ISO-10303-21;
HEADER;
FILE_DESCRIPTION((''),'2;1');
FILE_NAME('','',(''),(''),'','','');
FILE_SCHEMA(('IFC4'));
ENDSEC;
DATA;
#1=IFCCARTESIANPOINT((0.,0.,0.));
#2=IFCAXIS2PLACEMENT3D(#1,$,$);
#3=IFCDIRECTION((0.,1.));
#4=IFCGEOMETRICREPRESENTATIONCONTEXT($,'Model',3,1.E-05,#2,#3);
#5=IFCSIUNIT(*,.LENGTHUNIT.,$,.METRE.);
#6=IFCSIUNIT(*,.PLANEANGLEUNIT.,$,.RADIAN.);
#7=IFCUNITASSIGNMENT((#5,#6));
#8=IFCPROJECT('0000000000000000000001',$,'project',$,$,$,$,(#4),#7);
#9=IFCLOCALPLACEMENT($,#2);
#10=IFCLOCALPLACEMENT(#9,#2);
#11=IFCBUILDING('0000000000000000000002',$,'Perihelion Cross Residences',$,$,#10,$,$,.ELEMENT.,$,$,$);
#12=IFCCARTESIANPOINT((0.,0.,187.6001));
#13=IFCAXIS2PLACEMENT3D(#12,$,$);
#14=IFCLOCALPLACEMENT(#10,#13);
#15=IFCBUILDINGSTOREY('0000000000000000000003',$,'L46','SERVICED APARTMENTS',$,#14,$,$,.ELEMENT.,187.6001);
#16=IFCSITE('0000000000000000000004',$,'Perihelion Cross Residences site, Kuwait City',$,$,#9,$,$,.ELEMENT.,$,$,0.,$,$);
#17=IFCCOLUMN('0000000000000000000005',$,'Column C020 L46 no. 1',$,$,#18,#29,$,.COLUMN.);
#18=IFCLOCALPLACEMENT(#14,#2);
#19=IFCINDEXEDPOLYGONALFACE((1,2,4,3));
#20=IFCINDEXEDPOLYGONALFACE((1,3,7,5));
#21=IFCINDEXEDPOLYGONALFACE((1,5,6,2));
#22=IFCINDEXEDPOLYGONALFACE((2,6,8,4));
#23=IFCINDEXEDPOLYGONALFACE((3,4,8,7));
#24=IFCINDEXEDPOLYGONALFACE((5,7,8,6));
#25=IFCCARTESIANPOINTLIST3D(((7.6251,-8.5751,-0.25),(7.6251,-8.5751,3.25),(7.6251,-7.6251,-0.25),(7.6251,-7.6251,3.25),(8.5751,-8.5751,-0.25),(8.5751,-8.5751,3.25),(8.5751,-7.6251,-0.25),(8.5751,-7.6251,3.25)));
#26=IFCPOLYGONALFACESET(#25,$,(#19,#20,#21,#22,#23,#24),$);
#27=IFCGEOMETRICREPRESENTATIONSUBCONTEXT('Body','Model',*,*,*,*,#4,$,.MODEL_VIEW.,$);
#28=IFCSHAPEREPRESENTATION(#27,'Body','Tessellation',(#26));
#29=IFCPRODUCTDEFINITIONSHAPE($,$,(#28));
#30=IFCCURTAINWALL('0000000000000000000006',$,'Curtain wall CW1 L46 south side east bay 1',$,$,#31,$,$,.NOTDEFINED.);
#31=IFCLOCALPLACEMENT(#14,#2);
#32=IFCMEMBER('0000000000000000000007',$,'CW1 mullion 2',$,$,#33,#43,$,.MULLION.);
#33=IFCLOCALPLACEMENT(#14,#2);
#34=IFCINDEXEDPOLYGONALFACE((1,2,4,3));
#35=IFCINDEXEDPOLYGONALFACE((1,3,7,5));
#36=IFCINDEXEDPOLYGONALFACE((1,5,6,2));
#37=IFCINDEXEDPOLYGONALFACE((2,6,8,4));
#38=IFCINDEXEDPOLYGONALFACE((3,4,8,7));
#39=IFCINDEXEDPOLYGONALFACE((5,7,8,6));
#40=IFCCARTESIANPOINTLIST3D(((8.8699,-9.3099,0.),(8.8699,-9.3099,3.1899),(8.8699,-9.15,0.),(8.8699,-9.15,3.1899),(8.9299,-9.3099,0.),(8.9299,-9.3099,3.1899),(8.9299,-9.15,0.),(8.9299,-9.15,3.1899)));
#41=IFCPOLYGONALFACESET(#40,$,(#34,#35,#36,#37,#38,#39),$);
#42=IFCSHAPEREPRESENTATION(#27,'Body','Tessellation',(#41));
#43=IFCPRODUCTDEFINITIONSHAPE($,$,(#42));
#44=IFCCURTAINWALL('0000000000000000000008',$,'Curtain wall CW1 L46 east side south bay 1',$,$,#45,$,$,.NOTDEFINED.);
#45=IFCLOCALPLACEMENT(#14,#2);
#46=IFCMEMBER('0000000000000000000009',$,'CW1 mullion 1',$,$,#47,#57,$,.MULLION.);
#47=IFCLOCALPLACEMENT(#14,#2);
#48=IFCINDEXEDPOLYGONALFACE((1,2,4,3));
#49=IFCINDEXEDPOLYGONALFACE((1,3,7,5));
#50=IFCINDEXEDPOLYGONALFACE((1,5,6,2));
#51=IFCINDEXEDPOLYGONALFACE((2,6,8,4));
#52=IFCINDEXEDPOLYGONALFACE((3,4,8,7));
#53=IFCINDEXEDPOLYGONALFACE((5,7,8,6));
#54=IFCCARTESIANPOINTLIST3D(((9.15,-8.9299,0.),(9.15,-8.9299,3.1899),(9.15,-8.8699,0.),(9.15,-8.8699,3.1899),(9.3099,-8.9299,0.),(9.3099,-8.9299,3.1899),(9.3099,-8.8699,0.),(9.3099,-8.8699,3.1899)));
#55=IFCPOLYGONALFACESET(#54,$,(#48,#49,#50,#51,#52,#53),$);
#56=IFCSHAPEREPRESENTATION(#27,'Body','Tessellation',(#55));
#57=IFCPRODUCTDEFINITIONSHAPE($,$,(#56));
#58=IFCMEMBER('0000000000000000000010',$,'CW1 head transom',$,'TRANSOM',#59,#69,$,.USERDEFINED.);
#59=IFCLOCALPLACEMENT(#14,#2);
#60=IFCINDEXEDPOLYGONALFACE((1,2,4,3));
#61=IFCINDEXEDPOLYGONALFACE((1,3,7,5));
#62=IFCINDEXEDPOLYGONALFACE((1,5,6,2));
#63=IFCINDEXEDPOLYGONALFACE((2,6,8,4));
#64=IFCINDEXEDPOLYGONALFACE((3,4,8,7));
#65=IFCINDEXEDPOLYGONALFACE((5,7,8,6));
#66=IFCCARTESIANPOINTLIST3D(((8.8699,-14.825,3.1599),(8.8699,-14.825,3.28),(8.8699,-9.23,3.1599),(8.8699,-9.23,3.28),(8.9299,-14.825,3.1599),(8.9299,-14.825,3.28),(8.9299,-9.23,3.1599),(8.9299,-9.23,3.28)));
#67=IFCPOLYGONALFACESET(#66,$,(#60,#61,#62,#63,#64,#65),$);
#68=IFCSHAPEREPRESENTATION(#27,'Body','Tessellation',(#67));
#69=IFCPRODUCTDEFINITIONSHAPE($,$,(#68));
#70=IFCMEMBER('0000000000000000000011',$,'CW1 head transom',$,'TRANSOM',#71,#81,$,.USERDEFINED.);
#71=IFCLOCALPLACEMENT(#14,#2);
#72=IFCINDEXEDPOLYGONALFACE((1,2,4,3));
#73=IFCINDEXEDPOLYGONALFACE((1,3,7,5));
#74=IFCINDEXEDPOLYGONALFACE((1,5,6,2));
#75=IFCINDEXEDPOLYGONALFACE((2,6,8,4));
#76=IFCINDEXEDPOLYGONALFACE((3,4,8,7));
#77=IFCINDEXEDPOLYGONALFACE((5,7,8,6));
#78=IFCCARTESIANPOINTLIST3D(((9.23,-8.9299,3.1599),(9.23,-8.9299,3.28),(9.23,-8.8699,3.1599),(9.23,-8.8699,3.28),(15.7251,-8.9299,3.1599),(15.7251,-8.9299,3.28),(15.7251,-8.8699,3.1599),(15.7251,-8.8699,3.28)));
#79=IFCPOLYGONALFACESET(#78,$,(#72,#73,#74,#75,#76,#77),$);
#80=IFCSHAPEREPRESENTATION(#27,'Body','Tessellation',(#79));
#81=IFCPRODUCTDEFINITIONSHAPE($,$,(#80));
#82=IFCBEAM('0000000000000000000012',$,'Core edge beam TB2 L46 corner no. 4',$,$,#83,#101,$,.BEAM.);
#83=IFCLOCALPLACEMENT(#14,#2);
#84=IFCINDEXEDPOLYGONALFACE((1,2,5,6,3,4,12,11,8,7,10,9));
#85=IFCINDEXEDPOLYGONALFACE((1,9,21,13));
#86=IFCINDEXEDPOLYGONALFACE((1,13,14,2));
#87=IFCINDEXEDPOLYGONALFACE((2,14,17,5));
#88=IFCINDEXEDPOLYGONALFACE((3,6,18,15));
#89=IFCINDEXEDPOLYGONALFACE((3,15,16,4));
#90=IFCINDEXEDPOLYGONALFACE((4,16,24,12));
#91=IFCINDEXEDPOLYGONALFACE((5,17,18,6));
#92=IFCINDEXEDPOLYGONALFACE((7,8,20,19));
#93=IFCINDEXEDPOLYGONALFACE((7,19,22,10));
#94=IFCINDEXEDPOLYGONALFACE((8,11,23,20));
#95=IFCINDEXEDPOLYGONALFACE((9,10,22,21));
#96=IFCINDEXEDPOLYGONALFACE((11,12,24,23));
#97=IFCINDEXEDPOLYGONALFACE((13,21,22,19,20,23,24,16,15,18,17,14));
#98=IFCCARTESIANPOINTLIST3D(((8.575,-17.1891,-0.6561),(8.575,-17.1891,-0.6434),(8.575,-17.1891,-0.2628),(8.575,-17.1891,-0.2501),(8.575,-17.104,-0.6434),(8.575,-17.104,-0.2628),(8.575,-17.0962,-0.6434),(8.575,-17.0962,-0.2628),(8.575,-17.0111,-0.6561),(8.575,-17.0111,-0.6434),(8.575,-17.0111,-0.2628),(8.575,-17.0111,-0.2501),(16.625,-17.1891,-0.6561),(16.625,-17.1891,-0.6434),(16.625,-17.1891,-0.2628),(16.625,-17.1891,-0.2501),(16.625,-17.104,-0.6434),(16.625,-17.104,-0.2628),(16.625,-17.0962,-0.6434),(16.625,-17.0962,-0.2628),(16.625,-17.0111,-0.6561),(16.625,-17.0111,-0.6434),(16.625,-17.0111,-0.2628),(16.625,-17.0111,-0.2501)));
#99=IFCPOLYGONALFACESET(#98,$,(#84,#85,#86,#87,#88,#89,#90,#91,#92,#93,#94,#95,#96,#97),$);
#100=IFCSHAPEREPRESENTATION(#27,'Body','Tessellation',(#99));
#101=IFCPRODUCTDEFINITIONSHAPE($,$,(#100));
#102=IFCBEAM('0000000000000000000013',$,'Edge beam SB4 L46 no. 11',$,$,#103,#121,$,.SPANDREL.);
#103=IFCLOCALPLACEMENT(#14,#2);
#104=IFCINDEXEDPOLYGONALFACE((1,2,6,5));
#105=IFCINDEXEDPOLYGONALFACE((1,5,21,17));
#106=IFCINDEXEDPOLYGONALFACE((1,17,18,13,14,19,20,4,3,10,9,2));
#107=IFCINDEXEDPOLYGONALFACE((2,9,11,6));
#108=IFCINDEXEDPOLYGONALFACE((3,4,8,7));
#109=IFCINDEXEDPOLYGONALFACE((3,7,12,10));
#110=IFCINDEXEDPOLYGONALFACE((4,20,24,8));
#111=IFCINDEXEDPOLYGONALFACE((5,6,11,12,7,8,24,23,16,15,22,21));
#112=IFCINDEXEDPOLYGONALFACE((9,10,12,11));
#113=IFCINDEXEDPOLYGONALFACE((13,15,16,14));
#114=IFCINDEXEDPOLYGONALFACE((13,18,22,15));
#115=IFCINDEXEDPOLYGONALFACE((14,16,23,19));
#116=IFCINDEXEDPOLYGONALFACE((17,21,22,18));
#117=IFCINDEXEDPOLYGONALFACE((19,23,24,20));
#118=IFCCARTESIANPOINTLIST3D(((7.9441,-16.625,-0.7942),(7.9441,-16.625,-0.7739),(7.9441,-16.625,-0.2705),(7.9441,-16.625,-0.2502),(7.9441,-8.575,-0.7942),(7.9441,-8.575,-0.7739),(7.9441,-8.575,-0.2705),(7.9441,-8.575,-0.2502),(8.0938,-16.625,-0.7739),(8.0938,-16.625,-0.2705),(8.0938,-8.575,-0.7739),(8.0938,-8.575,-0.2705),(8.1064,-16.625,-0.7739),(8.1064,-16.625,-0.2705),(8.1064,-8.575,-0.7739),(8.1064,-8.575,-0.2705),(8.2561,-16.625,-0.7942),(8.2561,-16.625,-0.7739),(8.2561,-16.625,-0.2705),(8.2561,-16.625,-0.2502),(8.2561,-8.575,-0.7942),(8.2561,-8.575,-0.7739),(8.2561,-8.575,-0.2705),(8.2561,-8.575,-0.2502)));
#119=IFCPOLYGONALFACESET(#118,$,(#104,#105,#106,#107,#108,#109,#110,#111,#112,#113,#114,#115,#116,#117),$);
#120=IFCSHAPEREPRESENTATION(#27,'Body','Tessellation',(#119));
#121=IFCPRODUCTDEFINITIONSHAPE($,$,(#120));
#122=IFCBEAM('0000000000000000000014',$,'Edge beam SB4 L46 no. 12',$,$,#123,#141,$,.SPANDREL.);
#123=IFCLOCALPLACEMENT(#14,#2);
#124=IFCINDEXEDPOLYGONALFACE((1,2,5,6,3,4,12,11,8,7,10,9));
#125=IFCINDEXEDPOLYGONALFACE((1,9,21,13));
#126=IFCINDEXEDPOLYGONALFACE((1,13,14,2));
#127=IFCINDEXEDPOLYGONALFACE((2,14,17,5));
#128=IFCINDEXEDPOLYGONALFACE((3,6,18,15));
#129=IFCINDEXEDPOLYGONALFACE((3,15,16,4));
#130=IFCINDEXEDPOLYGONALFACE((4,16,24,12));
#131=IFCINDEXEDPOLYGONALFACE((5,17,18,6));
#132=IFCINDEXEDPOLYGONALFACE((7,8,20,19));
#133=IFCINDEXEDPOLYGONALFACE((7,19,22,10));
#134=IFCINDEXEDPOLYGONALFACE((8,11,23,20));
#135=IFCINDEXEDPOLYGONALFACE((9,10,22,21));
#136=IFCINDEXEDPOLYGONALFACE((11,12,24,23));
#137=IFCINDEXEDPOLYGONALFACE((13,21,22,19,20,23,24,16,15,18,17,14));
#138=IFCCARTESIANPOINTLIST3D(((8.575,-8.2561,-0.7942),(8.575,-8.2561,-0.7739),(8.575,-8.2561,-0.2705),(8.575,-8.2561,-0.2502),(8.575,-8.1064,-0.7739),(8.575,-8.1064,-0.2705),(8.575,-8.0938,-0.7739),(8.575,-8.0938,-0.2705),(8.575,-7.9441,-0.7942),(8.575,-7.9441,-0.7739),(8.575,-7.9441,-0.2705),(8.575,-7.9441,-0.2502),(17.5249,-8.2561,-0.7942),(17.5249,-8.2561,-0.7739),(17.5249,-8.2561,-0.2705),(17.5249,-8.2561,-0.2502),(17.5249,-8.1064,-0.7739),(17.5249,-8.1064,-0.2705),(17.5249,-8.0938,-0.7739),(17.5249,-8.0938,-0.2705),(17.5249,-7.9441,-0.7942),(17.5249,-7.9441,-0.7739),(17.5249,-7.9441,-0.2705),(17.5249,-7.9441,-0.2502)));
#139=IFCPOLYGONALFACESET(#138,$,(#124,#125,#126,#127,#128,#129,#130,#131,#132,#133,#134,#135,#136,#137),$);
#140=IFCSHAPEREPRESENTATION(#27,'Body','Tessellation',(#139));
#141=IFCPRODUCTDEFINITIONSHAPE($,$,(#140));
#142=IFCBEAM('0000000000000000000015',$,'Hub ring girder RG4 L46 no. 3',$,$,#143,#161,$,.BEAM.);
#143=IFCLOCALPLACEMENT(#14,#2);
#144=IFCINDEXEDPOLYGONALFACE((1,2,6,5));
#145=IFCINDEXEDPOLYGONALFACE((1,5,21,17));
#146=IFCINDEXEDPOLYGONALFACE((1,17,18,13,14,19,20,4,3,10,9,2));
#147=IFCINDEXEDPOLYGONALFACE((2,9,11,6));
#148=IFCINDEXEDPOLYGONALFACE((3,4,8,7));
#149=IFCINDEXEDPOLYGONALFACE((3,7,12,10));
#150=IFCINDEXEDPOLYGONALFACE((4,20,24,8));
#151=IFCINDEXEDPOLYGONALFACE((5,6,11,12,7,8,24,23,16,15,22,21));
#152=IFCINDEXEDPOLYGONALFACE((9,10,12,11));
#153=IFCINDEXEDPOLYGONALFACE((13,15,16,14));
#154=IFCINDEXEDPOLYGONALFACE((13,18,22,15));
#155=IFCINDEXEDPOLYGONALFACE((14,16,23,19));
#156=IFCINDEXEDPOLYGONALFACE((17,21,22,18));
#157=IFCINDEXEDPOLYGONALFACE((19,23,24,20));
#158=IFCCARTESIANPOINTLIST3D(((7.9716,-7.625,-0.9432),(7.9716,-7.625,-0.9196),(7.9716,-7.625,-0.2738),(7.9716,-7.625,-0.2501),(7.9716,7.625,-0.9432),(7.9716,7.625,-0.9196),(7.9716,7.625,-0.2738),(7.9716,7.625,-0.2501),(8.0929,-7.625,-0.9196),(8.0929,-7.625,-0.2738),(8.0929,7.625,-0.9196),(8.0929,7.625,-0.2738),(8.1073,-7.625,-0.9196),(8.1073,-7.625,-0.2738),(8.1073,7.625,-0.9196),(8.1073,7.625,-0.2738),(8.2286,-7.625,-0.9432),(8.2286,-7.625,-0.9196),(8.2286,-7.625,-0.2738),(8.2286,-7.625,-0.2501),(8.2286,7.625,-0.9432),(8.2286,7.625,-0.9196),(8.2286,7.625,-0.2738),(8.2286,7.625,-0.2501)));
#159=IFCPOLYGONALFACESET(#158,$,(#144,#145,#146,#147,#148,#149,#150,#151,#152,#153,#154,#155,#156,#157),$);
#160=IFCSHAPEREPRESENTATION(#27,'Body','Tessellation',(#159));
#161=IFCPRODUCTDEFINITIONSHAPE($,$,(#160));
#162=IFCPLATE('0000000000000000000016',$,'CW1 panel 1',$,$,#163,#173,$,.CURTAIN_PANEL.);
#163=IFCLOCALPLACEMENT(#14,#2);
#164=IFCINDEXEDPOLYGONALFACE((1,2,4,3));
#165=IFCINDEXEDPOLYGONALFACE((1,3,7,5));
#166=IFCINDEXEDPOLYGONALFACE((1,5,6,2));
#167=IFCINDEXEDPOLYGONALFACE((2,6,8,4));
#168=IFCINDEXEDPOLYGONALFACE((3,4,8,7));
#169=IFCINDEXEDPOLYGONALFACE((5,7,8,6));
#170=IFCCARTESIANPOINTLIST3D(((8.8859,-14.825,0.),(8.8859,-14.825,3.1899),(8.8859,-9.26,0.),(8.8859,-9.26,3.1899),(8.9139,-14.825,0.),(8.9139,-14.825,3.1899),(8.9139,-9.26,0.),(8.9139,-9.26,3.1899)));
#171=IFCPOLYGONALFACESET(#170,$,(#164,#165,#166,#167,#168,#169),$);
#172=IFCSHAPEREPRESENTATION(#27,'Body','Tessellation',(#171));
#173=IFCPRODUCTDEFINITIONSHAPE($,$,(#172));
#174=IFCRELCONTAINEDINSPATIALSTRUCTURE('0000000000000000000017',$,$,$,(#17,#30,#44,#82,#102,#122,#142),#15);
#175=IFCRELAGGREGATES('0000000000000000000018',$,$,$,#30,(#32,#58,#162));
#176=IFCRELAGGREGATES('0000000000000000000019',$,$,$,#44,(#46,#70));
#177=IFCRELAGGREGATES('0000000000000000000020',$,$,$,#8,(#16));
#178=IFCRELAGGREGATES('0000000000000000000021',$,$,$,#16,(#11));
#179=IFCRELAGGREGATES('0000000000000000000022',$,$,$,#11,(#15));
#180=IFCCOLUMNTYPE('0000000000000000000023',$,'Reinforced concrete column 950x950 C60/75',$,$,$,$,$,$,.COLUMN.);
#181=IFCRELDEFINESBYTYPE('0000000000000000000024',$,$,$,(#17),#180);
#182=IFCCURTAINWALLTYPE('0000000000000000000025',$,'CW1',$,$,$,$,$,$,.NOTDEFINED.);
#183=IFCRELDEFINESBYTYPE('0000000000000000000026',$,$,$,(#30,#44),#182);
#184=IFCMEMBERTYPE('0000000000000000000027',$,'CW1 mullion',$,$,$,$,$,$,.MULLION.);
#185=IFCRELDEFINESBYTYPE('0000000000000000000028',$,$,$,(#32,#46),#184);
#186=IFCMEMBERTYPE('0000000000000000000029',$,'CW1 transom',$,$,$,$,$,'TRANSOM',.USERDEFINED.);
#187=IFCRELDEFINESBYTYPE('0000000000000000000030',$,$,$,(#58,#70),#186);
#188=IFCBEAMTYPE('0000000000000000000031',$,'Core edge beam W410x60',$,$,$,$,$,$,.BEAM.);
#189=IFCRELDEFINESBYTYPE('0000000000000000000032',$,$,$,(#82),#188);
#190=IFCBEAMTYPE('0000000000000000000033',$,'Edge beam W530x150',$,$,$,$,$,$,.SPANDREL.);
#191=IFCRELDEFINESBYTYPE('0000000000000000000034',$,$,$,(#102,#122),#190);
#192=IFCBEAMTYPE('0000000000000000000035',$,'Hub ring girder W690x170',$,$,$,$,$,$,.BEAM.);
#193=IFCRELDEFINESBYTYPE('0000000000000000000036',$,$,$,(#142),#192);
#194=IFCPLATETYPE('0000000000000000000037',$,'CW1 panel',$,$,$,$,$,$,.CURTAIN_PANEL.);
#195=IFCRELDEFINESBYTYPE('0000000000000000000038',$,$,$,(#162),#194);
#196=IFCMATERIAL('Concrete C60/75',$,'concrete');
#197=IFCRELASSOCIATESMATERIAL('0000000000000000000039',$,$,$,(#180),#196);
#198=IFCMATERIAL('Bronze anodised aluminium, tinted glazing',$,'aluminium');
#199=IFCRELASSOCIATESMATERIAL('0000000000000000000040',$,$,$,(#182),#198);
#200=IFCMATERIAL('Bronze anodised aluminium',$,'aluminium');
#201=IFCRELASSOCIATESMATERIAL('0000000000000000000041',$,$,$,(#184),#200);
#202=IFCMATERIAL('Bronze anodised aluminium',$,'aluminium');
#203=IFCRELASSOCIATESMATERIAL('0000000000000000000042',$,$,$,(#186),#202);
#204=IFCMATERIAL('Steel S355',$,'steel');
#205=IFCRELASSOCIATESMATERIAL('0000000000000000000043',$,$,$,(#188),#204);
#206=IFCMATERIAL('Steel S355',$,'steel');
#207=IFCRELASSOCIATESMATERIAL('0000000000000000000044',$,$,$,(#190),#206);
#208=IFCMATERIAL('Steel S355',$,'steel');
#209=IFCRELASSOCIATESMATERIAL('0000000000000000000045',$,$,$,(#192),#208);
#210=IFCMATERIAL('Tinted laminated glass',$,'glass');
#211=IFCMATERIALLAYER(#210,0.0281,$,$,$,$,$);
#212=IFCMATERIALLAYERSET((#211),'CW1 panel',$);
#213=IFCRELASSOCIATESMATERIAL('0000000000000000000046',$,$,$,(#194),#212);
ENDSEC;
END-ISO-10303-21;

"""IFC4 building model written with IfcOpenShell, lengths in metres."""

from ifc_helpers import new_model, si_unit, direction, frame, origin, origin_2d, place, context, subcontext, project, spatial, rectangle, i_section, extrude, material, layer, layer_set, material_profile, profile_set, type_object, element, aggregate, save


model = new_model("IFC4")

# Units and contexts
model_context = context("Model", 3, precision=1e-05, world=origin(), true_north=direction((0.0, 1.0)))
body_context = subcontext(model_context, "Body", "Model", "MODEL_VIEW")
ifc_project = project(units=[si_unit("LENGTHUNIT", "METRE"), si_unit("PLANEANGLEUNIT", "RADIAN")], contexts=[model_context])

# Site, building, storey
site_placement = place(None, origin())
site = spatial("IfcSite", under=ifc_project, at=site_placement, Name="Perihelion Cross Residences site, Kuwait City", CompositionType="ELEMENT", RefElevation=0.0)
building_placement = place(site_placement, origin())
building = spatial("IfcBuilding", under=site, at=building_placement, Name="Perihelion Cross Residences", CompositionType="ELEMENT")
storey_placement = place(building_placement, frame((0.0, 0.0, 187.6001)))
storey = spatial("IfcBuildingStorey", under=building, at=storey_placement, Name="L46", Description="SERVICED APARTMENTS", CompositionType="ELEMENT", Elevation=187.6001)

# Column
ifc_material_1 = material(Name="Concrete C60/75", Category="concrete")
ifc_material_profile_1 = material_profile(ifc_material_1, rectangle(XDim=0.95, YDim=0.95, at=origin_2d()), Name="RC 950x950")
ifc_profile_set_1 = profile_set([ifc_material_profile_1], Name="Concrete C60/75")
column_type = type_object("IfcColumnType", Name="Reinforced concrete column 950x950 C60/75", PredefinedType="COLUMN", material=ifc_profile_set_1)
column_placement = place(storey_placement, frame((8.1001, -8.1001, -0.25), z_axis=(0.0, 0.0, 1.0), x_axis=(1.0, 0.0, 0.0)))
element("IfcColumn", 1, at=column_placement, inside=storey, type_object=column_type, Name="Column C020 L46 no. 1", PredefinedType="COLUMN", context=body_context, shape_type="SweptSolid", body=[
    extrude(rectangle(XDim=0.95, YDim=0.95, at=origin_2d()), origin(), (0.0, 0.0, 1.0), 3.5),
])

# Curtain walls, members
ifc_material_2 = material(Name="Bronze anodised aluminium, tinted glazing", Category="aluminium")
curtain_wall_type = type_object("IfcCurtainWallType", Name="CW1", PredefinedType="NOTDEFINED", material=ifc_material_2)
curtain_wall_1_placement = place(storey_placement, origin())
curtain_wall_1 = element("IfcCurtainWall", 2, at=curtain_wall_1_placement, inside=storey, type_object=curtain_wall_type, Name="Curtain wall CW1 L46 south side east bay 1", PredefinedType="NOTDEFINED")
ifc_material_3 = material(Name="Bronze anodised aluminium", Category="aluminium")
ifc_material_profile_2 = material_profile(ifc_material_3, rectangle(XDim=0.0601, YDim=0.1599, at=origin_2d()), Name="CW1 mullion")
ifc_profile_set_2 = profile_set([ifc_material_profile_2], Name="Bronze anodised aluminium")
member_type_1 = type_object("IfcMemberType", Name="CW1 mullion", PredefinedType="MULLION", material=ifc_profile_set_2)
member_1_placement = place(storey_placement, frame((8.8999, -9.23, 0.0), z_axis=(0.0, 0.0, 1.0), x_axis=(-1.0, 0.0, 0.0)))
member_1 = element("IfcMember", 3, at=member_1_placement, type_object=member_type_1, Name="CW1 mullion 2", PredefinedType="MULLION", context=body_context, shape_type="SweptSolid", body=[
    extrude(rectangle(XDim=0.0601, YDim=0.1599, at=origin_2d()), origin(), (0.0, 0.0, 1.0), 3.1899),
])
curtain_wall_2_placement = place(storey_placement, origin())
curtain_wall_2 = element("IfcCurtainWall", 4, at=curtain_wall_2_placement, inside=storey, type_object=curtain_wall_type, Name="Curtain wall CW1 L46 east side south bay 1", PredefinedType="NOTDEFINED")
member_2_placement = place(storey_placement, frame((9.23, -8.8999, 0.0), z_axis=(0.0, 0.0, 1.0), x_axis=(0.0, 1.0, 0.0)))
member_2 = element("IfcMember", 5, at=member_2_placement, type_object=member_type_1, Name="CW1 mullion 1", PredefinedType="MULLION", context=body_context, shape_type="SweptSolid", body=[
    extrude(rectangle(XDim=0.0601, YDim=0.1599, at=origin_2d()), origin(), (0.0, 0.0, 1.0), 3.1899),
])

# Members
ifc_material_4 = material(Name="Bronze anodised aluminium", Category="aluminium")
ifc_material_profile_3 = material_profile(ifc_material_4, rectangle(XDim=0.0601, YDim=0.1201, at=origin_2d()), Name="CW1 transom")
ifc_profile_set_3 = profile_set([ifc_material_profile_3], Name="Bronze anodised aluminium")
member_type_2 = type_object("IfcMemberType", Name="CW1 transom", ElementType="TRANSOM", PredefinedType="USERDEFINED", material=ifc_profile_set_3)
member_3_placement = place(storey_placement, frame((8.8999, -14.825, 3.22), z_axis=(0.0, 1.0, 0.0), x_axis=(-1.0, 0.0, 0.0)))
member_3 = element("IfcMember", 6, at=member_3_placement, type_object=member_type_2, Name="CW1 head transom", ObjectType="TRANSOM", PredefinedType="USERDEFINED", context=body_context, shape_type="SweptSolid", body=[
    extrude(rectangle(XDim=0.0601, YDim=0.1201, at=origin_2d()), origin(), (0.0, 0.0, 1.0), 5.595),
])
member_4_placement = place(storey_placement, frame((9.23, -8.8999, 3.22), z_axis=(1.0, 0.0, 0.0), x_axis=(0.0, 1.0, 0.0)))
member_4 = element("IfcMember", 7, at=member_4_placement, type_object=member_type_2, Name="CW1 head transom", ObjectType="TRANSOM", PredefinedType="USERDEFINED", context=body_context, shape_type="SweptSolid", body=[
    extrude(rectangle(XDim=0.0601, YDim=0.1201, at=origin_2d()), origin(), (0.0, 0.0, 1.0), 6.4951),
])

# Beams
ifc_material_5 = material(Name="Steel S355", Category="steel")
ifc_material_profile_4 = material_profile(ifc_material_5, i_section(OverallWidth=0.178, OverallDepth=0.406, WebThickness=0.0078, FlangeThickness=0.0127, at=origin_2d()), Name="W410x60")
ifc_profile_set_4 = profile_set([ifc_material_profile_4], Name="Steel S355")
beam_type_1 = type_object("IfcBeamType", Name="Core edge beam W410x60", PredefinedType="BEAM", material=ifc_profile_set_4)
beam_1_placement = place(storey_placement, frame((8.575, -17.1001, -0.4531), z_axis=(1.0, 0.0, 0.0), x_axis=(0.0, 1.0, 0.0)))
element("IfcBeam", 8, at=beam_1_placement, inside=storey, type_object=beam_type_1, Name="Core edge beam TB2 L46 corner no. 4", PredefinedType="BEAM", context=body_context, shape_type="SweptSolid", body=[
    extrude(i_section(OverallWidth=0.178, OverallDepth=0.406, WebThickness=0.0078, FlangeThickness=0.0127, at=origin_2d()), origin(), (0.0, 0.0, 1.0), 8.05),
])
ifc_material_6 = material(Name="Steel S355", Category="steel")
ifc_material_profile_5 = material_profile(ifc_material_6, i_section(OverallWidth=0.312, OverallDepth=0.5439, WebThickness=0.0127, FlangeThickness=0.0203, at=origin_2d()), Name="W530x150")
ifc_profile_set_5 = profile_set([ifc_material_profile_5], Name="Steel S355")
beam_type_2 = type_object("IfcBeamType", Name="Edge beam W530x150", PredefinedType="SPANDREL", material=ifc_profile_set_5)
beam_2_placement = place(storey_placement, frame((8.1001, -16.625, -0.5222), z_axis=(0.0, 1.0, 0.0), x_axis=(-1.0, 0.0, 0.0)))
element("IfcBeam", 9, at=beam_2_placement, inside=storey, type_object=beam_type_2, Name="Edge beam SB4 L46 no. 11", PredefinedType="SPANDREL", context=body_context, shape_type="SweptSolid", body=[
    extrude(i_section(OverallWidth=0.312, OverallDepth=0.5439, WebThickness=0.0127, FlangeThickness=0.0203, at=origin_2d()), origin(), (0.0, 0.0, 1.0), 8.05),
])
beam_3_placement = place(storey_placement, frame((8.575, -8.1001, -0.5222), z_axis=(1.0, 0.0, 0.0), x_axis=(0.0, 1.0, 0.0)))
element("IfcBeam", 10, at=beam_3_placement, inside=storey, type_object=beam_type_2, Name="Edge beam SB4 L46 no. 12", PredefinedType="SPANDREL", context=body_context, shape_type="SweptSolid", body=[
    extrude(i_section(OverallWidth=0.312, OverallDepth=0.5439, WebThickness=0.0127, FlangeThickness=0.0203, at=origin_2d()), origin(), (0.0, 0.0, 1.0), 8.95),
])
ifc_material_7 = material(Name="Steel S355", Category="steel")
ifc_material_profile_6 = material_profile(ifc_material_7, i_section(OverallWidth=0.2571, OverallDepth=0.6931, WebThickness=0.0144, FlangeThickness=0.0237, at=origin_2d()), Name="W690x170")
ifc_profile_set_6 = profile_set([ifc_material_profile_6], Name="Steel S355")
beam_type_3 = type_object("IfcBeamType", Name="Hub ring girder W690x170", PredefinedType="BEAM", material=ifc_profile_set_6)
beam_4_placement = place(storey_placement, frame((8.1001, -7.625, -0.5967), z_axis=(0.0, 1.0, 0.0), x_axis=(-1.0, 0.0, 0.0)))
element("IfcBeam", 11, at=beam_4_placement, inside=storey, type_object=beam_type_3, Name="Hub ring girder RG4 L46 no. 3", PredefinedType="BEAM", context=body_context, shape_type="SweptSolid", body=[
    extrude(i_section(OverallWidth=0.2571, OverallDepth=0.6931, WebThickness=0.0144, FlangeThickness=0.0237, at=origin_2d()), origin(), (0.0, 0.0, 1.0), 15.25),
])

# Plate
ifc_material_8 = material(Name="Tinted laminated glass", Category="glass")
ifc_layer_1 = layer(ifc_material_8, 0.0281)
ifc_layer_set_1 = layer_set([ifc_layer_1], Name="CW1 panel")
plate_type = type_object("IfcPlateType", Name="CW1 panel", PredefinedType="CURTAIN_PANEL", material=ifc_layer_set_1)
plate_1_placement = place(storey_placement, frame((8.8999, -12.0425, 0.0), z_axis=(0.0, 0.0, 1.0), x_axis=(0.0, 1.0, 0.0)))
plate_1 = element("IfcPlate", 12, at=plate_1_placement, type_object=plate_type, Name="CW1 panel 1", PredefinedType="CURTAIN_PANEL", context=body_context, shape_type="SweptSolid", body=[
    extrude(rectangle(XDim=5.5649, YDim=0.0281, at=origin_2d()), origin(), (0.0, 0.0, 1.0), 3.1899),
])
aggregate(curtain_wall_1, [member_1, member_3, plate_1])
aggregate(curtain_wall_2, [member_2, member_4])

save(model, "model.ifc")
